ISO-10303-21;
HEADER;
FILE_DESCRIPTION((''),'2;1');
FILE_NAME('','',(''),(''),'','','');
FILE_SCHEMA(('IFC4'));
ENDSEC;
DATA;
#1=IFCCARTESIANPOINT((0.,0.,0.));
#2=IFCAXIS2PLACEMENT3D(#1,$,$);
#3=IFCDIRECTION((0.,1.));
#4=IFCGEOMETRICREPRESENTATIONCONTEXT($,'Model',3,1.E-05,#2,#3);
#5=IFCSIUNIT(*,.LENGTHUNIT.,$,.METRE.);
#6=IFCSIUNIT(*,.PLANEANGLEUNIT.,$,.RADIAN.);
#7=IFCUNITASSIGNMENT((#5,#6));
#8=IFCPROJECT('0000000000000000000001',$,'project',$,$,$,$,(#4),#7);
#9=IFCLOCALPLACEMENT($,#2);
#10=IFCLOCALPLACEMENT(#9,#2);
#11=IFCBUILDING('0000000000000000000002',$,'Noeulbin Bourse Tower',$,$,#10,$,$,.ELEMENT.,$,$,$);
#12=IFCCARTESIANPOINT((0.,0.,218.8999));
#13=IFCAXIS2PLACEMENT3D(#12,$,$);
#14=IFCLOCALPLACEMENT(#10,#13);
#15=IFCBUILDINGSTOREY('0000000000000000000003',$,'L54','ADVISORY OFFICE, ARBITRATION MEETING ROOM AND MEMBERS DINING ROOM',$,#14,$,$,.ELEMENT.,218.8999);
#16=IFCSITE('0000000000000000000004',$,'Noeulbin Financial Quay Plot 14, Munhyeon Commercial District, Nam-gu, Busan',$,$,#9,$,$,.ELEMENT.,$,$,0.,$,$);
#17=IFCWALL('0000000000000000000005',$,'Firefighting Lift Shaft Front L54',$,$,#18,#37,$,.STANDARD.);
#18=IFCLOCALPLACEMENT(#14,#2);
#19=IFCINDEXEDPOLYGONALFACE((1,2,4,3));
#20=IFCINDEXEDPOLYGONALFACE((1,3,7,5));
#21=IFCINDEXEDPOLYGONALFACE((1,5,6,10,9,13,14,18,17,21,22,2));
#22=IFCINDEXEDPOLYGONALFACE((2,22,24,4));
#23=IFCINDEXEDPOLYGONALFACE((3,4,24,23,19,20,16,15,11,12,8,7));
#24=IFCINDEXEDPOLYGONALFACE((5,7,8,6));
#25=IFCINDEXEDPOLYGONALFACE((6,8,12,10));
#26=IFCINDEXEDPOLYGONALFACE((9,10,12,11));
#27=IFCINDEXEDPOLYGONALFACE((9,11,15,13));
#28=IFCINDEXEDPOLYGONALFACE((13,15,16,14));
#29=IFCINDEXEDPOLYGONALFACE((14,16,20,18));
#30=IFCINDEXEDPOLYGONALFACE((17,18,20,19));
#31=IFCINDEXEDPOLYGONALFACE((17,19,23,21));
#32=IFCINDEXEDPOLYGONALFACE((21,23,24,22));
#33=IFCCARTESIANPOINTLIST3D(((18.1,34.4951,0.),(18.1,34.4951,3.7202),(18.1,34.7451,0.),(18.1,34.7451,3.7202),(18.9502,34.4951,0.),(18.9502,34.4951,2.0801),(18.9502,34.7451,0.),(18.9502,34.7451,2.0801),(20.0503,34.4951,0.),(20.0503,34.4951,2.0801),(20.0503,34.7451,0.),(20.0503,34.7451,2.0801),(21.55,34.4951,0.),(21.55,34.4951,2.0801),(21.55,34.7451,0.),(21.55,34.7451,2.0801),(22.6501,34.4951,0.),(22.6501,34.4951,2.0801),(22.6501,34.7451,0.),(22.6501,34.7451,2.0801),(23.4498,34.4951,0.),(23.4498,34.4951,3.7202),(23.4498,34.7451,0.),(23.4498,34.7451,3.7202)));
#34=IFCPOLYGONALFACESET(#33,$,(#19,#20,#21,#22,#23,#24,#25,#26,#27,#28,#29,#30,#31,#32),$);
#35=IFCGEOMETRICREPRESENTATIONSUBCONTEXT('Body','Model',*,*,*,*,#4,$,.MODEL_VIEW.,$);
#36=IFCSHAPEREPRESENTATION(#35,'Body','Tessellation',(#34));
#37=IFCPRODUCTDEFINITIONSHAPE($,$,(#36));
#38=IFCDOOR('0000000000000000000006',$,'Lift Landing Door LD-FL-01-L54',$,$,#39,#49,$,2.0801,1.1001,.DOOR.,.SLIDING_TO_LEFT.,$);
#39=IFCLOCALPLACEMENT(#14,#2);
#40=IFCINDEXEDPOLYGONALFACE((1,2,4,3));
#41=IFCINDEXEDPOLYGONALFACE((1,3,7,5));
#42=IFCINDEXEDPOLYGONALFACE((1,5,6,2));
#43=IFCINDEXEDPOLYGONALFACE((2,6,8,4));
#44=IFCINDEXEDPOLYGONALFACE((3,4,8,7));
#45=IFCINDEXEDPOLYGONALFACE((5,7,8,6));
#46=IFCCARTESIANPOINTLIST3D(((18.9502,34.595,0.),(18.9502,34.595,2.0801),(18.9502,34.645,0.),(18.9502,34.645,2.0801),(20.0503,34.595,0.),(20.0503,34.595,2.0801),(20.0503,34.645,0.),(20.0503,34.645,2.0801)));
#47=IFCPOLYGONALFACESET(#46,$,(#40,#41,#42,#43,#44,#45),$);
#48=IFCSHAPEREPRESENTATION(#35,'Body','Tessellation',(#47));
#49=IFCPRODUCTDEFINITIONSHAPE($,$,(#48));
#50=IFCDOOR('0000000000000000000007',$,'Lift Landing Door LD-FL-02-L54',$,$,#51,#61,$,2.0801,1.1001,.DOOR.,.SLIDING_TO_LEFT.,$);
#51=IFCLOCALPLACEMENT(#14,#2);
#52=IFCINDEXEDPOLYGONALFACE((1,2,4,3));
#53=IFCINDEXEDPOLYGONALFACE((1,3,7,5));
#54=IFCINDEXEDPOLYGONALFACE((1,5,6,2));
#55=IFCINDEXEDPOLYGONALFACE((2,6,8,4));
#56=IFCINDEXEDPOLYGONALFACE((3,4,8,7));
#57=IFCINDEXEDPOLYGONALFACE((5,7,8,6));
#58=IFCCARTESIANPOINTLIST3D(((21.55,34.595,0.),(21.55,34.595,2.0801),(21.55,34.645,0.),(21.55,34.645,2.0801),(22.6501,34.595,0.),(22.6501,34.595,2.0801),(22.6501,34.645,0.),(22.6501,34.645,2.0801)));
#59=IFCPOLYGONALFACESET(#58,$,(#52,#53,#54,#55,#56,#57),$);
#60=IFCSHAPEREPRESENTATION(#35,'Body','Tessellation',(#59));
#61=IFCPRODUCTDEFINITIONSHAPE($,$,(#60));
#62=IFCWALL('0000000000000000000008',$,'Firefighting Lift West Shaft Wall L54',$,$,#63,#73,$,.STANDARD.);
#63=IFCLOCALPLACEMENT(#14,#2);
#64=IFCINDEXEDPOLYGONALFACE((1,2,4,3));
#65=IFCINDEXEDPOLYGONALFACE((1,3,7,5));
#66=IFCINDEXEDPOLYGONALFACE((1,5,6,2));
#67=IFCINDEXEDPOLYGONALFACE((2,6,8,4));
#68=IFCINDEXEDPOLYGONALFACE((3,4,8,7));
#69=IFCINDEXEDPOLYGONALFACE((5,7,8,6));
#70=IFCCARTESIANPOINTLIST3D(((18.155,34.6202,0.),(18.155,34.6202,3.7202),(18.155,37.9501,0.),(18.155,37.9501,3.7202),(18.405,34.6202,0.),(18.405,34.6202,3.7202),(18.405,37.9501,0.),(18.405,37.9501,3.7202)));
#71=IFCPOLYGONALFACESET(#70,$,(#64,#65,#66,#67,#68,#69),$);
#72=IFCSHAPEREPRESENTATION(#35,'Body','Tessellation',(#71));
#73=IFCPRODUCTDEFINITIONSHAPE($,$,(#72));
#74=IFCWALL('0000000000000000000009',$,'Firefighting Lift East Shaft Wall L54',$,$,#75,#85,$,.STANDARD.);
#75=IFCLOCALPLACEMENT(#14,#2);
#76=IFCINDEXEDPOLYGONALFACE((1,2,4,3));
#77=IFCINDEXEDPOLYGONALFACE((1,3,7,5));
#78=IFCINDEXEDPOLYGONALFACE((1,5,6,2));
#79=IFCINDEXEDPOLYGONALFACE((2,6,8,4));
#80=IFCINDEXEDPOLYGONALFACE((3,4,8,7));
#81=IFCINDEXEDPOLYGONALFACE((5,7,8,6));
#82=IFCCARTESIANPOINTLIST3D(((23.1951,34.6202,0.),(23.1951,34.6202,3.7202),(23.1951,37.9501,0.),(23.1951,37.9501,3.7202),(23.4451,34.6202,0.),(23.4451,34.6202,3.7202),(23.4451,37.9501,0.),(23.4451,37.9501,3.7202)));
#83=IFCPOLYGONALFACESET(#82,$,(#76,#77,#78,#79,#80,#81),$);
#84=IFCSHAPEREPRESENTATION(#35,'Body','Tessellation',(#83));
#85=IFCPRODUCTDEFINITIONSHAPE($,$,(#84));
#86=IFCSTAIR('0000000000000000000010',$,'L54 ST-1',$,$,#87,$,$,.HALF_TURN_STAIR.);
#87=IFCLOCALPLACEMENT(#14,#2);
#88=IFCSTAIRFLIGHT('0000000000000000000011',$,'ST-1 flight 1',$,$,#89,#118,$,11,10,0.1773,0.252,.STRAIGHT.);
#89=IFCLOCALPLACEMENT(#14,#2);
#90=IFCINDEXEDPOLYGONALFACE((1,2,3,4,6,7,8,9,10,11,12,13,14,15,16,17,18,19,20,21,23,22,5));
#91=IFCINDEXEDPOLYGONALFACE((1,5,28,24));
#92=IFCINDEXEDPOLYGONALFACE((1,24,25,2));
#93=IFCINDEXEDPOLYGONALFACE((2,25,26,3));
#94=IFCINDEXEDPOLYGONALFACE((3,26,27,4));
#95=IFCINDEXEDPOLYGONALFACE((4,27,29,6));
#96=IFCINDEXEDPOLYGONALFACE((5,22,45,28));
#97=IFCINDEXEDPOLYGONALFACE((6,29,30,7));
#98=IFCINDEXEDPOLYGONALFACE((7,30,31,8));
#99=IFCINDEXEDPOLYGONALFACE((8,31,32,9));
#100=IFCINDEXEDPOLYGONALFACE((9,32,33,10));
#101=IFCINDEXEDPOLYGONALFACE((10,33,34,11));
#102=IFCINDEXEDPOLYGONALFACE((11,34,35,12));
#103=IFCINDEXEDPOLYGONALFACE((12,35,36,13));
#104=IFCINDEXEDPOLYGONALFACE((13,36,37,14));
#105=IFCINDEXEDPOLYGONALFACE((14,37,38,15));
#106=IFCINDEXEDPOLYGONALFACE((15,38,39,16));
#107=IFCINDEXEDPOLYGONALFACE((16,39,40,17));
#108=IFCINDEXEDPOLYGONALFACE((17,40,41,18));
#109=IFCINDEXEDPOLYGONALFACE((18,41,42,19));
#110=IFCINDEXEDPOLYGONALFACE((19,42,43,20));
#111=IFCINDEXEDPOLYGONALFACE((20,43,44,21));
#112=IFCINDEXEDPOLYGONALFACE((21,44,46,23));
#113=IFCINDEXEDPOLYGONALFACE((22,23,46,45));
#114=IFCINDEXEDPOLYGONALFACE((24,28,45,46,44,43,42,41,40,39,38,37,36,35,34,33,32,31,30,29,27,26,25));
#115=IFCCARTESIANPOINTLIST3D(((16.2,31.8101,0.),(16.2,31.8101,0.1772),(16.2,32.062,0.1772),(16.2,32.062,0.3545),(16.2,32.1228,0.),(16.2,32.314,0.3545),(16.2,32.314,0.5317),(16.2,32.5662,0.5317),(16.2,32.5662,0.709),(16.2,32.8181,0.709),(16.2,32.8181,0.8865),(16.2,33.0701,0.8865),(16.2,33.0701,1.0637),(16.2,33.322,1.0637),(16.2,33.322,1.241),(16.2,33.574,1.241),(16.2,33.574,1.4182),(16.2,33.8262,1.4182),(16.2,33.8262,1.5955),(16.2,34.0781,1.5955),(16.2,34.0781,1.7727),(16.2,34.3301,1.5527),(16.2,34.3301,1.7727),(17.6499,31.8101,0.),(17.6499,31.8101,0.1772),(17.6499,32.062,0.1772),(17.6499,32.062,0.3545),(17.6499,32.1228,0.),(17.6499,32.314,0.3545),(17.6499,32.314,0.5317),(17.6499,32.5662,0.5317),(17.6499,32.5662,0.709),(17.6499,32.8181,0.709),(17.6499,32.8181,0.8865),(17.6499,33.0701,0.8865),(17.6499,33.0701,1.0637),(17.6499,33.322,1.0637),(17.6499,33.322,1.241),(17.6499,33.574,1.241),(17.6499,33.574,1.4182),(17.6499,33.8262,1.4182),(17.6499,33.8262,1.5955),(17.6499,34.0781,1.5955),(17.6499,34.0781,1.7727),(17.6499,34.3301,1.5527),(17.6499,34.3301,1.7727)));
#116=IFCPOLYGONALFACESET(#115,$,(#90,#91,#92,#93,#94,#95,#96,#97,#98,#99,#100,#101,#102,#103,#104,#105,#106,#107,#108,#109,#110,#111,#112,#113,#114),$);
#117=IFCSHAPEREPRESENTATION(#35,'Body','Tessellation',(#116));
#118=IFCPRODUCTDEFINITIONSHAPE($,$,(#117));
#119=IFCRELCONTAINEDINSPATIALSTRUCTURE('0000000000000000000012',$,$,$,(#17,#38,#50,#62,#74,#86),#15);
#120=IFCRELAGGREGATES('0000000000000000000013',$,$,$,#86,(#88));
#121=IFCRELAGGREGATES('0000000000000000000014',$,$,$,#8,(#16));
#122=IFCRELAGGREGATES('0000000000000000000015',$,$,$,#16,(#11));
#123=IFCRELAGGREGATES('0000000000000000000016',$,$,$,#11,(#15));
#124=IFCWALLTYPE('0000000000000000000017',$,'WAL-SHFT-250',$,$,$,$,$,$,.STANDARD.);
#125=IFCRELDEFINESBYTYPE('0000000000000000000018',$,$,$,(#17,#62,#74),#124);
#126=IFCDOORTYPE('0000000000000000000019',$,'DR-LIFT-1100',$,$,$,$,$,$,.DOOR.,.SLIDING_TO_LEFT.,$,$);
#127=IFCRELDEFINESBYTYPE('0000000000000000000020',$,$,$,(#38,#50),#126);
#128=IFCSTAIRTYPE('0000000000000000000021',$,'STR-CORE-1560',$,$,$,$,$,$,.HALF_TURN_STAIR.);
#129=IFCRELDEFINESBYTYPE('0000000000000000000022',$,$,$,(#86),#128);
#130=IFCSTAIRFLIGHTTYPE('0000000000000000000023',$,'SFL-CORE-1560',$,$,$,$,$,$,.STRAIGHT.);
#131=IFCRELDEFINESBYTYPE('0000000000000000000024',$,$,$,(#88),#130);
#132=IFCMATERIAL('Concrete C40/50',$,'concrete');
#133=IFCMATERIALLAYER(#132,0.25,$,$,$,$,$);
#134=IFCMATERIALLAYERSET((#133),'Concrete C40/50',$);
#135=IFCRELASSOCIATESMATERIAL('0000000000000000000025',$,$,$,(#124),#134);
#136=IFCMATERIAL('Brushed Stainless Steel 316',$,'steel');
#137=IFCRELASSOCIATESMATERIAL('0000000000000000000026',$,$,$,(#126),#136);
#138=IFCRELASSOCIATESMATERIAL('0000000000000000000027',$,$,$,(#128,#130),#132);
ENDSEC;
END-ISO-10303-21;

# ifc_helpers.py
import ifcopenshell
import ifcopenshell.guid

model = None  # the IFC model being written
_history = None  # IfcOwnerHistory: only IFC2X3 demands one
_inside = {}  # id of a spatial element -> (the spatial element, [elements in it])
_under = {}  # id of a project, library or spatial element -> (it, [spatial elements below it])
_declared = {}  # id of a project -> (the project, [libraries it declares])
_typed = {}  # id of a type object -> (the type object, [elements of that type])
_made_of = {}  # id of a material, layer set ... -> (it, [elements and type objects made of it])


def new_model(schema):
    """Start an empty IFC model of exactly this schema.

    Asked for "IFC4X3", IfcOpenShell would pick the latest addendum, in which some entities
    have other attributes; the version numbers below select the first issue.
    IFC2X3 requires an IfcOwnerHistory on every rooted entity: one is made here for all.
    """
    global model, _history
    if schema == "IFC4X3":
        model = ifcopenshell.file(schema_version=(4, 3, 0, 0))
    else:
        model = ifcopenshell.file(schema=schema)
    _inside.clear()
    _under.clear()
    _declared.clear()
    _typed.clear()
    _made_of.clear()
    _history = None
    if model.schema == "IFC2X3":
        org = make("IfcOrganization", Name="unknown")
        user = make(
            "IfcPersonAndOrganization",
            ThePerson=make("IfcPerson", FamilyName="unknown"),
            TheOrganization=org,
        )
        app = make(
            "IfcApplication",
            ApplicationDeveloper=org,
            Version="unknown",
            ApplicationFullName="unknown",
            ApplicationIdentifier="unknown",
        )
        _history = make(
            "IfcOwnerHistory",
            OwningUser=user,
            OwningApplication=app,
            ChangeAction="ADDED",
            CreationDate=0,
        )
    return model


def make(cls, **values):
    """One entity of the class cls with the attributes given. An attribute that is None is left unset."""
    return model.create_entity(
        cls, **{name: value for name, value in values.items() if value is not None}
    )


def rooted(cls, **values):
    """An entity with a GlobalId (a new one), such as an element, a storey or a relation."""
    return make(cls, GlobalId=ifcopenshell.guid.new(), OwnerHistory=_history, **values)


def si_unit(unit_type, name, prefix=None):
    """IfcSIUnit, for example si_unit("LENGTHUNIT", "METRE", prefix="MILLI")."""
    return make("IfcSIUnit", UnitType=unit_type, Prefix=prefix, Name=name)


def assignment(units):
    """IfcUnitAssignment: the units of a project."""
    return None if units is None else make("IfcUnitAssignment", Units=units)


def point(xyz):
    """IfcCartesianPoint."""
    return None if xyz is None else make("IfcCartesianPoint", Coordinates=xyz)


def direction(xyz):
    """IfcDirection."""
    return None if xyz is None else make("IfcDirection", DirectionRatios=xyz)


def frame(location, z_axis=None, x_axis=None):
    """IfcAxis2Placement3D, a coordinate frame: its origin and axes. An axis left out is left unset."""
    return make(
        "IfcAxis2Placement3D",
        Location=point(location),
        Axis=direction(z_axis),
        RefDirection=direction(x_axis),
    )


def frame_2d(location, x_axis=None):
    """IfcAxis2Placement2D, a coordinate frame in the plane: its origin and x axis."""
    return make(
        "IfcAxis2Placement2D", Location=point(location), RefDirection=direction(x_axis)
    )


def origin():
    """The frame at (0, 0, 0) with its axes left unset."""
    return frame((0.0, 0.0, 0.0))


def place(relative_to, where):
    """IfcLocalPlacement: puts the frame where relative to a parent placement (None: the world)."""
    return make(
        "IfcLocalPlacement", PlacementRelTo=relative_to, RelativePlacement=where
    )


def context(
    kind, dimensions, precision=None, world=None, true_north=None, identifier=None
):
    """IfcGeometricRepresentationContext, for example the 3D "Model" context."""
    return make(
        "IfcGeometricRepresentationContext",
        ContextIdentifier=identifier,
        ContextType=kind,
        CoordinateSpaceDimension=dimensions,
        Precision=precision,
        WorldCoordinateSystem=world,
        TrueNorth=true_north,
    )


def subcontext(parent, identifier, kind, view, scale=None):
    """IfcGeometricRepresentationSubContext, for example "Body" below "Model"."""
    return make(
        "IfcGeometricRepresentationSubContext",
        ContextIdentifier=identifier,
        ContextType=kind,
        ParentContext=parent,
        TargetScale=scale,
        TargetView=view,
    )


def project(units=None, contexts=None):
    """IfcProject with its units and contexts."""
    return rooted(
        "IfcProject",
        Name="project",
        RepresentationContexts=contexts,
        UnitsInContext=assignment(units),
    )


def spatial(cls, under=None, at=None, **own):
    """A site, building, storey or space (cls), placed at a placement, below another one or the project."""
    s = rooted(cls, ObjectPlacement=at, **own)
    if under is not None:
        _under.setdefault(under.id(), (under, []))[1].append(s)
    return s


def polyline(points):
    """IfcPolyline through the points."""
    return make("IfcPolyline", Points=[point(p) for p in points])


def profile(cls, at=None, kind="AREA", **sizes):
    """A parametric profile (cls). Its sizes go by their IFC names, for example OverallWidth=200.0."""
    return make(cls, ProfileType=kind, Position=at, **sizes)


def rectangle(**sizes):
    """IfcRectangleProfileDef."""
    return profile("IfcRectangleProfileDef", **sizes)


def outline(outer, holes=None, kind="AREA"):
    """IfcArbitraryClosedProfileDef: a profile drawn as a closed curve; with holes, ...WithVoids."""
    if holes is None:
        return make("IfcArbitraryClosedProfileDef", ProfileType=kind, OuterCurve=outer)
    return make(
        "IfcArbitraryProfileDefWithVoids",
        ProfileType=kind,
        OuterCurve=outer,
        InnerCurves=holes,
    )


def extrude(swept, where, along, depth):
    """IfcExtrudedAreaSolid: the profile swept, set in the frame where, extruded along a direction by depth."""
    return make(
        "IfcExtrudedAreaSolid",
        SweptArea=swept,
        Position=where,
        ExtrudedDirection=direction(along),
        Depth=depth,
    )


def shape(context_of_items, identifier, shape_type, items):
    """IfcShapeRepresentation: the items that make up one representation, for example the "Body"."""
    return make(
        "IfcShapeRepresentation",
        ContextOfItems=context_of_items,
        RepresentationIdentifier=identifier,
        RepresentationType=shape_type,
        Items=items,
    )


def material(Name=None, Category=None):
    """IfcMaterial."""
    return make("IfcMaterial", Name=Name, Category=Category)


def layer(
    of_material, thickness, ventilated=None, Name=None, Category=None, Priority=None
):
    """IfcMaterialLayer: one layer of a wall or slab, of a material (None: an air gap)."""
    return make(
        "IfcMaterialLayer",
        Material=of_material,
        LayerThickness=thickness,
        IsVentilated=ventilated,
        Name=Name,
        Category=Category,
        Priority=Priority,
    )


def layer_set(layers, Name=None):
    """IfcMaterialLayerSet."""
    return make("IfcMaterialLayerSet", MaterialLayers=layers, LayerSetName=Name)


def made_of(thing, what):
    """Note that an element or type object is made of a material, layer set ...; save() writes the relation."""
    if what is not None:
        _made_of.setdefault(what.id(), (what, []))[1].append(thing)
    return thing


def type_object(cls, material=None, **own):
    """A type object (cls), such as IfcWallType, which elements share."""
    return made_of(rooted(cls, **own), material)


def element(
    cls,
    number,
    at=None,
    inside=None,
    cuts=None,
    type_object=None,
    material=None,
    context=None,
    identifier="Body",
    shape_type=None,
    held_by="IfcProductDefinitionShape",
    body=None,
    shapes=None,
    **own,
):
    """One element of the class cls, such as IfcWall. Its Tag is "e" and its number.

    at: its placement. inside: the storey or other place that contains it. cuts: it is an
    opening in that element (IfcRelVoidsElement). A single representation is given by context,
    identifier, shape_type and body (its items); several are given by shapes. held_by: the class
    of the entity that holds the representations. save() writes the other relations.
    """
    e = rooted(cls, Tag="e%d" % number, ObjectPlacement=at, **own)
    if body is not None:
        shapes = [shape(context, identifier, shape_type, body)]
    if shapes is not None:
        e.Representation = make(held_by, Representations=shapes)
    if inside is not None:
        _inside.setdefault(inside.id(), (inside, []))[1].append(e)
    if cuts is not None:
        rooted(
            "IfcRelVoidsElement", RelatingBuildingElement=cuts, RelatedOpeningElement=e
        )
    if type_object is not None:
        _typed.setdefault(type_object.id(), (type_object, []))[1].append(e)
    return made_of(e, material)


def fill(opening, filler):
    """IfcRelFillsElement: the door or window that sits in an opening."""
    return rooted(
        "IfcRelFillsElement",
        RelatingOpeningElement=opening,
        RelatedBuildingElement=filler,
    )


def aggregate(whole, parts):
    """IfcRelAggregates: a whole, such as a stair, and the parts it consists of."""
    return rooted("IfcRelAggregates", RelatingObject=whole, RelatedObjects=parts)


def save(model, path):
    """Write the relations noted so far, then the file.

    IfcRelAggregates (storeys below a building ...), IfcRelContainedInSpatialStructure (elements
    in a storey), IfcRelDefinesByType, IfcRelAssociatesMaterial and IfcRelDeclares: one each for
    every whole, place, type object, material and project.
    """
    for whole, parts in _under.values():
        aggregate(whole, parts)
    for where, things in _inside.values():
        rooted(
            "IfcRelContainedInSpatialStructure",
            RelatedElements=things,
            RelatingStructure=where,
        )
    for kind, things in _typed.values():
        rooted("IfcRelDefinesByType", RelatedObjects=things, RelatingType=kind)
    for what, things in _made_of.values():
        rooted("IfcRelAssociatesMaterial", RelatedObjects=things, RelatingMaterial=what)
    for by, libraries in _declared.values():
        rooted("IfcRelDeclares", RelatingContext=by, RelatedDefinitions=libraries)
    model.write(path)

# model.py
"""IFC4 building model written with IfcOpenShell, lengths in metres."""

from ifc_helpers import new_model, si_unit, direction, frame, frame_2d, origin, place, context, subcontext, project, spatial, polyline, rectangle, outline, extrude, material, layer, layer_set, type_object, element, fill, aggregate, save


model = new_model("IFC4")

# Units and contexts
model_context = context("Model", 3, precision=1e-05, world=origin(), true_north=direction((0.0, 1.0)))
body_context = subcontext(model_context, "Body", "Model", "MODEL_VIEW")
ifc_project = project(units=[si_unit("LENGTHUNIT", "METRE"), si_unit("PLANEANGLEUNIT", "RADIAN")], contexts=[model_context])

# Site, building, storey
site_placement = place(None, origin())
site = spatial("IfcSite", under=ifc_project, at=site_placement, Name="Noeulbin Financial Quay Plot 14, Munhyeon Commercial District, Nam-gu, Busan", CompositionType="ELEMENT", RefElevation=0.0)
building_placement = place(site_placement, origin())
building = spatial("IfcBuilding", under=site, at=building_placement, Name="Noeulbin Bourse Tower", CompositionType="ELEMENT")
storey_placement = place(building_placement, frame((0.0, 0.0, 218.8999)))
storey = spatial("IfcBuildingStorey", under=building, at=storey_placement, Name="L54", Description="ADVISORY OFFICE, ARBITRATION MEETING ROOM AND MEMBERS DINING ROOM", CompositionType="ELEMENT", Elevation=218.8999)

# Shared definitions
ifc_material_1 = material(Name="Concrete C40/50", Category="concrete")

# Shared definitions
ifc_layer_1 = layer(ifc_material_1, 0.25)
ifc_layer_set_1 = layer_set([ifc_layer_1], Name="Concrete C40/50")
wall_type_1 = type_object("IfcWallType", Name="WAL-SHFT-250", PredefinedType="STANDARD", material=ifc_layer_set_1)

# Wall, openings, doors
wall_1_placement = place(storey_placement, frame((18.1001, 34.6201, 0.0), z_axis=(0.0, 0.0, 1.0), x_axis=(1.0, 0.0, 0.0)))
wall_1 = element("IfcWall", 1, at=wall_1_placement, inside=storey, type_object=wall_type_1, Name="Firefighting Lift Shaft Front L54", PredefinedType="STANDARD", context=body_context, shape_type="SweptSolid", body=[
    extrude(rectangle(XDim=5.3499, YDim=0.25, at=frame_2d((2.6748, 0.0))), origin(), (0.0, 0.0, 1.0), 3.7202),
])
opening_1_placement = place(wall_1_placement, frame((0.8501, 0.0, 0.0)))
opening_1 = element("IfcOpeningElement", 2, at=opening_1_placement, cuts=wall_1, PredefinedType="OPENING", context=body_context, shape_type="SweptSolid", body=[
    extrude(rectangle(XDim=1.1001, YDim=2.0801, at=frame_2d((0.55, 1.04))), frame((0.0, 0.135, 0.0), z_axis=(0.0, -1.0, 0.0), x_axis=(1.0, 0.0, 0.0)), (0.0, 0.0, 1.0), 0.27),
])
opening_2_placement = place(wall_1_placement, frame((3.45, 0.0, 0.0)))
opening_2 = element("IfcOpeningElement", 3, at=opening_2_placement, cuts=wall_1, PredefinedType="OPENING", context=body_context, shape_type="SweptSolid", body=[
    extrude(rectangle(XDim=1.1001, YDim=2.0801, at=frame_2d((0.55, 1.04))), frame((0.0, 0.135, 0.0), z_axis=(0.0, -1.0, 0.0), x_axis=(1.0, 0.0, 0.0)), (0.0, 0.0, 1.0), 0.27),
])
ifc_material_2 = material(Name="Brushed Stainless Steel 316", Category="steel")
door_type_1 = type_object("IfcDoorType", Name="DR-LIFT-1100", OperationType="SLIDING_TO_LEFT", PredefinedType="DOOR", material=ifc_material_2)
door_1_placement = place(opening_1_placement, origin())
door_1 = element("IfcDoor", 4, at=door_1_placement, inside=storey, type_object=door_type_1, Name="Lift Landing Door LD-FL-01-L54", OperationType="SLIDING_TO_LEFT", OverallHeight=2.0801, OverallWidth=1.1001, PredefinedType="DOOR", context=body_context, shape_type="SweptSolid", body=[
    extrude(rectangle(XDim=1.1001, YDim=2.0801, at=frame_2d((0.55, 1.04))), frame((0.0, 0.0249, 0.0), z_axis=(0.0, -1.0, 0.0), x_axis=(1.0, 0.0, 0.0)), (0.0, 0.0, 1.0), 0.05),
])
fill(opening_1, door_1)
door_2_placement = place(opening_2_placement, origin())
door_2 = element("IfcDoor", 5, at=door_2_placement, inside=storey, type_object=door_type_1, Name="Lift Landing Door LD-FL-02-L54", OperationType="SLIDING_TO_LEFT", OverallHeight=2.0801, OverallWidth=1.1001, PredefinedType="DOOR", context=body_context, shape_type="SweptSolid", body=[
    extrude(rectangle(XDim=1.1001, YDim=2.0801, at=frame_2d((0.55, 1.04))), frame((0.0, 0.0249, 0.0), z_axis=(0.0, -1.0, 0.0), x_axis=(1.0, 0.0, 0.0)), (0.0, 0.0, 1.0), 0.05),
])
fill(opening_2, door_2)

# Walls
for number, where, z_axis, x_axis, name in (
    (6, (18.28, 34.6201, 0.0), (0.0, 0.0, 1.0), (0.0, 1.0, 0.0), "Firefighting Lift West Shaft Wall L54"),
    (7, (23.3201, 34.6201, 0.0), (0.0, 0.0, 1.0), (0.0, 1.0, 0.0), "Firefighting Lift East Shaft Wall L54"),
):
    element("IfcWall", number, at=place(storey_placement, frame(where, z_axis=z_axis, x_axis=x_axis)), inside=storey, type_object=wall_type_1, Name=name, PredefinedType="STANDARD", context=body_context, shape_type="SweptSolid", body=[
        extrude(rectangle(XDim=3.3298, YDim=0.25, at=frame_2d((1.665, 0.0))), origin(), (0.0, 0.0, 1.0), 3.7202),
    ])

# Stair, stair flight
stair_type = type_object("IfcStairType", Name="STR-CORE-1560", PredefinedType="HALF_TURN_STAIR", material=ifc_material_1)
stair_placement = place(storey_placement, origin())
stair = element("IfcStair", 8, at=stair_placement, inside=storey, type_object=stair_type, Name="L54 ST-1", PredefinedType="HALF_TURN_STAIR")
stair_flight_type = type_object("IfcStairFlightType", Name="SFL-CORE-1560", PredefinedType="STRAIGHT", material=ifc_material_1)
stair_flight_placement = place(storey_placement, frame((16.925, 31.8101, 0.0), z_axis=(0.0, 0.0, 1.0), x_axis=(0.0, 1.0, 0.0)))
stair_flight = element("IfcStairFlight", 9, at=stair_flight_placement, type_object=stair_flight_type, Name="ST-1 flight 1", NumberOfRisers=11, NumberOfTreads=10, PredefinedType="STRAIGHT", RiserHeight=0.1773, TreadLength=0.252, context=body_context, shape_type="SweptSolid", body=[
    extrude(outline(polyline([(0.0, 0.0), (0.0, 0.1772), (0.252, 0.1772), (0.252, 0.3545), (0.5039, 0.3545), (0.5039, 0.5317), (0.7561, 0.5317), (0.7561, 0.709), (1.0081, 0.709), (1.0081, 0.8865), (1.26, 0.8865), (1.26, 1.0637), (1.512, 1.0637), (1.512, 1.241), (1.7639, 1.241), (1.7639, 1.4182), (2.0161, 1.4182), (2.0161, 1.5955), (2.2681, 1.5955), (2.2681, 1.7727), (2.52, 1.7727), (2.52, 1.95), (2.52, 1.5527), (0.3127, 0.0), (0.0, 0.0)])), frame((0.0, 0.7251, 0.0), z_axis=(0.0, -1.0, 0.0), x_axis=(1.0, 0.0, 0.0)), (0.0, 0.0, 1.0), 1.45),
])
aggregate(stair, [stair_flight])

save(model, "model.ifc")
